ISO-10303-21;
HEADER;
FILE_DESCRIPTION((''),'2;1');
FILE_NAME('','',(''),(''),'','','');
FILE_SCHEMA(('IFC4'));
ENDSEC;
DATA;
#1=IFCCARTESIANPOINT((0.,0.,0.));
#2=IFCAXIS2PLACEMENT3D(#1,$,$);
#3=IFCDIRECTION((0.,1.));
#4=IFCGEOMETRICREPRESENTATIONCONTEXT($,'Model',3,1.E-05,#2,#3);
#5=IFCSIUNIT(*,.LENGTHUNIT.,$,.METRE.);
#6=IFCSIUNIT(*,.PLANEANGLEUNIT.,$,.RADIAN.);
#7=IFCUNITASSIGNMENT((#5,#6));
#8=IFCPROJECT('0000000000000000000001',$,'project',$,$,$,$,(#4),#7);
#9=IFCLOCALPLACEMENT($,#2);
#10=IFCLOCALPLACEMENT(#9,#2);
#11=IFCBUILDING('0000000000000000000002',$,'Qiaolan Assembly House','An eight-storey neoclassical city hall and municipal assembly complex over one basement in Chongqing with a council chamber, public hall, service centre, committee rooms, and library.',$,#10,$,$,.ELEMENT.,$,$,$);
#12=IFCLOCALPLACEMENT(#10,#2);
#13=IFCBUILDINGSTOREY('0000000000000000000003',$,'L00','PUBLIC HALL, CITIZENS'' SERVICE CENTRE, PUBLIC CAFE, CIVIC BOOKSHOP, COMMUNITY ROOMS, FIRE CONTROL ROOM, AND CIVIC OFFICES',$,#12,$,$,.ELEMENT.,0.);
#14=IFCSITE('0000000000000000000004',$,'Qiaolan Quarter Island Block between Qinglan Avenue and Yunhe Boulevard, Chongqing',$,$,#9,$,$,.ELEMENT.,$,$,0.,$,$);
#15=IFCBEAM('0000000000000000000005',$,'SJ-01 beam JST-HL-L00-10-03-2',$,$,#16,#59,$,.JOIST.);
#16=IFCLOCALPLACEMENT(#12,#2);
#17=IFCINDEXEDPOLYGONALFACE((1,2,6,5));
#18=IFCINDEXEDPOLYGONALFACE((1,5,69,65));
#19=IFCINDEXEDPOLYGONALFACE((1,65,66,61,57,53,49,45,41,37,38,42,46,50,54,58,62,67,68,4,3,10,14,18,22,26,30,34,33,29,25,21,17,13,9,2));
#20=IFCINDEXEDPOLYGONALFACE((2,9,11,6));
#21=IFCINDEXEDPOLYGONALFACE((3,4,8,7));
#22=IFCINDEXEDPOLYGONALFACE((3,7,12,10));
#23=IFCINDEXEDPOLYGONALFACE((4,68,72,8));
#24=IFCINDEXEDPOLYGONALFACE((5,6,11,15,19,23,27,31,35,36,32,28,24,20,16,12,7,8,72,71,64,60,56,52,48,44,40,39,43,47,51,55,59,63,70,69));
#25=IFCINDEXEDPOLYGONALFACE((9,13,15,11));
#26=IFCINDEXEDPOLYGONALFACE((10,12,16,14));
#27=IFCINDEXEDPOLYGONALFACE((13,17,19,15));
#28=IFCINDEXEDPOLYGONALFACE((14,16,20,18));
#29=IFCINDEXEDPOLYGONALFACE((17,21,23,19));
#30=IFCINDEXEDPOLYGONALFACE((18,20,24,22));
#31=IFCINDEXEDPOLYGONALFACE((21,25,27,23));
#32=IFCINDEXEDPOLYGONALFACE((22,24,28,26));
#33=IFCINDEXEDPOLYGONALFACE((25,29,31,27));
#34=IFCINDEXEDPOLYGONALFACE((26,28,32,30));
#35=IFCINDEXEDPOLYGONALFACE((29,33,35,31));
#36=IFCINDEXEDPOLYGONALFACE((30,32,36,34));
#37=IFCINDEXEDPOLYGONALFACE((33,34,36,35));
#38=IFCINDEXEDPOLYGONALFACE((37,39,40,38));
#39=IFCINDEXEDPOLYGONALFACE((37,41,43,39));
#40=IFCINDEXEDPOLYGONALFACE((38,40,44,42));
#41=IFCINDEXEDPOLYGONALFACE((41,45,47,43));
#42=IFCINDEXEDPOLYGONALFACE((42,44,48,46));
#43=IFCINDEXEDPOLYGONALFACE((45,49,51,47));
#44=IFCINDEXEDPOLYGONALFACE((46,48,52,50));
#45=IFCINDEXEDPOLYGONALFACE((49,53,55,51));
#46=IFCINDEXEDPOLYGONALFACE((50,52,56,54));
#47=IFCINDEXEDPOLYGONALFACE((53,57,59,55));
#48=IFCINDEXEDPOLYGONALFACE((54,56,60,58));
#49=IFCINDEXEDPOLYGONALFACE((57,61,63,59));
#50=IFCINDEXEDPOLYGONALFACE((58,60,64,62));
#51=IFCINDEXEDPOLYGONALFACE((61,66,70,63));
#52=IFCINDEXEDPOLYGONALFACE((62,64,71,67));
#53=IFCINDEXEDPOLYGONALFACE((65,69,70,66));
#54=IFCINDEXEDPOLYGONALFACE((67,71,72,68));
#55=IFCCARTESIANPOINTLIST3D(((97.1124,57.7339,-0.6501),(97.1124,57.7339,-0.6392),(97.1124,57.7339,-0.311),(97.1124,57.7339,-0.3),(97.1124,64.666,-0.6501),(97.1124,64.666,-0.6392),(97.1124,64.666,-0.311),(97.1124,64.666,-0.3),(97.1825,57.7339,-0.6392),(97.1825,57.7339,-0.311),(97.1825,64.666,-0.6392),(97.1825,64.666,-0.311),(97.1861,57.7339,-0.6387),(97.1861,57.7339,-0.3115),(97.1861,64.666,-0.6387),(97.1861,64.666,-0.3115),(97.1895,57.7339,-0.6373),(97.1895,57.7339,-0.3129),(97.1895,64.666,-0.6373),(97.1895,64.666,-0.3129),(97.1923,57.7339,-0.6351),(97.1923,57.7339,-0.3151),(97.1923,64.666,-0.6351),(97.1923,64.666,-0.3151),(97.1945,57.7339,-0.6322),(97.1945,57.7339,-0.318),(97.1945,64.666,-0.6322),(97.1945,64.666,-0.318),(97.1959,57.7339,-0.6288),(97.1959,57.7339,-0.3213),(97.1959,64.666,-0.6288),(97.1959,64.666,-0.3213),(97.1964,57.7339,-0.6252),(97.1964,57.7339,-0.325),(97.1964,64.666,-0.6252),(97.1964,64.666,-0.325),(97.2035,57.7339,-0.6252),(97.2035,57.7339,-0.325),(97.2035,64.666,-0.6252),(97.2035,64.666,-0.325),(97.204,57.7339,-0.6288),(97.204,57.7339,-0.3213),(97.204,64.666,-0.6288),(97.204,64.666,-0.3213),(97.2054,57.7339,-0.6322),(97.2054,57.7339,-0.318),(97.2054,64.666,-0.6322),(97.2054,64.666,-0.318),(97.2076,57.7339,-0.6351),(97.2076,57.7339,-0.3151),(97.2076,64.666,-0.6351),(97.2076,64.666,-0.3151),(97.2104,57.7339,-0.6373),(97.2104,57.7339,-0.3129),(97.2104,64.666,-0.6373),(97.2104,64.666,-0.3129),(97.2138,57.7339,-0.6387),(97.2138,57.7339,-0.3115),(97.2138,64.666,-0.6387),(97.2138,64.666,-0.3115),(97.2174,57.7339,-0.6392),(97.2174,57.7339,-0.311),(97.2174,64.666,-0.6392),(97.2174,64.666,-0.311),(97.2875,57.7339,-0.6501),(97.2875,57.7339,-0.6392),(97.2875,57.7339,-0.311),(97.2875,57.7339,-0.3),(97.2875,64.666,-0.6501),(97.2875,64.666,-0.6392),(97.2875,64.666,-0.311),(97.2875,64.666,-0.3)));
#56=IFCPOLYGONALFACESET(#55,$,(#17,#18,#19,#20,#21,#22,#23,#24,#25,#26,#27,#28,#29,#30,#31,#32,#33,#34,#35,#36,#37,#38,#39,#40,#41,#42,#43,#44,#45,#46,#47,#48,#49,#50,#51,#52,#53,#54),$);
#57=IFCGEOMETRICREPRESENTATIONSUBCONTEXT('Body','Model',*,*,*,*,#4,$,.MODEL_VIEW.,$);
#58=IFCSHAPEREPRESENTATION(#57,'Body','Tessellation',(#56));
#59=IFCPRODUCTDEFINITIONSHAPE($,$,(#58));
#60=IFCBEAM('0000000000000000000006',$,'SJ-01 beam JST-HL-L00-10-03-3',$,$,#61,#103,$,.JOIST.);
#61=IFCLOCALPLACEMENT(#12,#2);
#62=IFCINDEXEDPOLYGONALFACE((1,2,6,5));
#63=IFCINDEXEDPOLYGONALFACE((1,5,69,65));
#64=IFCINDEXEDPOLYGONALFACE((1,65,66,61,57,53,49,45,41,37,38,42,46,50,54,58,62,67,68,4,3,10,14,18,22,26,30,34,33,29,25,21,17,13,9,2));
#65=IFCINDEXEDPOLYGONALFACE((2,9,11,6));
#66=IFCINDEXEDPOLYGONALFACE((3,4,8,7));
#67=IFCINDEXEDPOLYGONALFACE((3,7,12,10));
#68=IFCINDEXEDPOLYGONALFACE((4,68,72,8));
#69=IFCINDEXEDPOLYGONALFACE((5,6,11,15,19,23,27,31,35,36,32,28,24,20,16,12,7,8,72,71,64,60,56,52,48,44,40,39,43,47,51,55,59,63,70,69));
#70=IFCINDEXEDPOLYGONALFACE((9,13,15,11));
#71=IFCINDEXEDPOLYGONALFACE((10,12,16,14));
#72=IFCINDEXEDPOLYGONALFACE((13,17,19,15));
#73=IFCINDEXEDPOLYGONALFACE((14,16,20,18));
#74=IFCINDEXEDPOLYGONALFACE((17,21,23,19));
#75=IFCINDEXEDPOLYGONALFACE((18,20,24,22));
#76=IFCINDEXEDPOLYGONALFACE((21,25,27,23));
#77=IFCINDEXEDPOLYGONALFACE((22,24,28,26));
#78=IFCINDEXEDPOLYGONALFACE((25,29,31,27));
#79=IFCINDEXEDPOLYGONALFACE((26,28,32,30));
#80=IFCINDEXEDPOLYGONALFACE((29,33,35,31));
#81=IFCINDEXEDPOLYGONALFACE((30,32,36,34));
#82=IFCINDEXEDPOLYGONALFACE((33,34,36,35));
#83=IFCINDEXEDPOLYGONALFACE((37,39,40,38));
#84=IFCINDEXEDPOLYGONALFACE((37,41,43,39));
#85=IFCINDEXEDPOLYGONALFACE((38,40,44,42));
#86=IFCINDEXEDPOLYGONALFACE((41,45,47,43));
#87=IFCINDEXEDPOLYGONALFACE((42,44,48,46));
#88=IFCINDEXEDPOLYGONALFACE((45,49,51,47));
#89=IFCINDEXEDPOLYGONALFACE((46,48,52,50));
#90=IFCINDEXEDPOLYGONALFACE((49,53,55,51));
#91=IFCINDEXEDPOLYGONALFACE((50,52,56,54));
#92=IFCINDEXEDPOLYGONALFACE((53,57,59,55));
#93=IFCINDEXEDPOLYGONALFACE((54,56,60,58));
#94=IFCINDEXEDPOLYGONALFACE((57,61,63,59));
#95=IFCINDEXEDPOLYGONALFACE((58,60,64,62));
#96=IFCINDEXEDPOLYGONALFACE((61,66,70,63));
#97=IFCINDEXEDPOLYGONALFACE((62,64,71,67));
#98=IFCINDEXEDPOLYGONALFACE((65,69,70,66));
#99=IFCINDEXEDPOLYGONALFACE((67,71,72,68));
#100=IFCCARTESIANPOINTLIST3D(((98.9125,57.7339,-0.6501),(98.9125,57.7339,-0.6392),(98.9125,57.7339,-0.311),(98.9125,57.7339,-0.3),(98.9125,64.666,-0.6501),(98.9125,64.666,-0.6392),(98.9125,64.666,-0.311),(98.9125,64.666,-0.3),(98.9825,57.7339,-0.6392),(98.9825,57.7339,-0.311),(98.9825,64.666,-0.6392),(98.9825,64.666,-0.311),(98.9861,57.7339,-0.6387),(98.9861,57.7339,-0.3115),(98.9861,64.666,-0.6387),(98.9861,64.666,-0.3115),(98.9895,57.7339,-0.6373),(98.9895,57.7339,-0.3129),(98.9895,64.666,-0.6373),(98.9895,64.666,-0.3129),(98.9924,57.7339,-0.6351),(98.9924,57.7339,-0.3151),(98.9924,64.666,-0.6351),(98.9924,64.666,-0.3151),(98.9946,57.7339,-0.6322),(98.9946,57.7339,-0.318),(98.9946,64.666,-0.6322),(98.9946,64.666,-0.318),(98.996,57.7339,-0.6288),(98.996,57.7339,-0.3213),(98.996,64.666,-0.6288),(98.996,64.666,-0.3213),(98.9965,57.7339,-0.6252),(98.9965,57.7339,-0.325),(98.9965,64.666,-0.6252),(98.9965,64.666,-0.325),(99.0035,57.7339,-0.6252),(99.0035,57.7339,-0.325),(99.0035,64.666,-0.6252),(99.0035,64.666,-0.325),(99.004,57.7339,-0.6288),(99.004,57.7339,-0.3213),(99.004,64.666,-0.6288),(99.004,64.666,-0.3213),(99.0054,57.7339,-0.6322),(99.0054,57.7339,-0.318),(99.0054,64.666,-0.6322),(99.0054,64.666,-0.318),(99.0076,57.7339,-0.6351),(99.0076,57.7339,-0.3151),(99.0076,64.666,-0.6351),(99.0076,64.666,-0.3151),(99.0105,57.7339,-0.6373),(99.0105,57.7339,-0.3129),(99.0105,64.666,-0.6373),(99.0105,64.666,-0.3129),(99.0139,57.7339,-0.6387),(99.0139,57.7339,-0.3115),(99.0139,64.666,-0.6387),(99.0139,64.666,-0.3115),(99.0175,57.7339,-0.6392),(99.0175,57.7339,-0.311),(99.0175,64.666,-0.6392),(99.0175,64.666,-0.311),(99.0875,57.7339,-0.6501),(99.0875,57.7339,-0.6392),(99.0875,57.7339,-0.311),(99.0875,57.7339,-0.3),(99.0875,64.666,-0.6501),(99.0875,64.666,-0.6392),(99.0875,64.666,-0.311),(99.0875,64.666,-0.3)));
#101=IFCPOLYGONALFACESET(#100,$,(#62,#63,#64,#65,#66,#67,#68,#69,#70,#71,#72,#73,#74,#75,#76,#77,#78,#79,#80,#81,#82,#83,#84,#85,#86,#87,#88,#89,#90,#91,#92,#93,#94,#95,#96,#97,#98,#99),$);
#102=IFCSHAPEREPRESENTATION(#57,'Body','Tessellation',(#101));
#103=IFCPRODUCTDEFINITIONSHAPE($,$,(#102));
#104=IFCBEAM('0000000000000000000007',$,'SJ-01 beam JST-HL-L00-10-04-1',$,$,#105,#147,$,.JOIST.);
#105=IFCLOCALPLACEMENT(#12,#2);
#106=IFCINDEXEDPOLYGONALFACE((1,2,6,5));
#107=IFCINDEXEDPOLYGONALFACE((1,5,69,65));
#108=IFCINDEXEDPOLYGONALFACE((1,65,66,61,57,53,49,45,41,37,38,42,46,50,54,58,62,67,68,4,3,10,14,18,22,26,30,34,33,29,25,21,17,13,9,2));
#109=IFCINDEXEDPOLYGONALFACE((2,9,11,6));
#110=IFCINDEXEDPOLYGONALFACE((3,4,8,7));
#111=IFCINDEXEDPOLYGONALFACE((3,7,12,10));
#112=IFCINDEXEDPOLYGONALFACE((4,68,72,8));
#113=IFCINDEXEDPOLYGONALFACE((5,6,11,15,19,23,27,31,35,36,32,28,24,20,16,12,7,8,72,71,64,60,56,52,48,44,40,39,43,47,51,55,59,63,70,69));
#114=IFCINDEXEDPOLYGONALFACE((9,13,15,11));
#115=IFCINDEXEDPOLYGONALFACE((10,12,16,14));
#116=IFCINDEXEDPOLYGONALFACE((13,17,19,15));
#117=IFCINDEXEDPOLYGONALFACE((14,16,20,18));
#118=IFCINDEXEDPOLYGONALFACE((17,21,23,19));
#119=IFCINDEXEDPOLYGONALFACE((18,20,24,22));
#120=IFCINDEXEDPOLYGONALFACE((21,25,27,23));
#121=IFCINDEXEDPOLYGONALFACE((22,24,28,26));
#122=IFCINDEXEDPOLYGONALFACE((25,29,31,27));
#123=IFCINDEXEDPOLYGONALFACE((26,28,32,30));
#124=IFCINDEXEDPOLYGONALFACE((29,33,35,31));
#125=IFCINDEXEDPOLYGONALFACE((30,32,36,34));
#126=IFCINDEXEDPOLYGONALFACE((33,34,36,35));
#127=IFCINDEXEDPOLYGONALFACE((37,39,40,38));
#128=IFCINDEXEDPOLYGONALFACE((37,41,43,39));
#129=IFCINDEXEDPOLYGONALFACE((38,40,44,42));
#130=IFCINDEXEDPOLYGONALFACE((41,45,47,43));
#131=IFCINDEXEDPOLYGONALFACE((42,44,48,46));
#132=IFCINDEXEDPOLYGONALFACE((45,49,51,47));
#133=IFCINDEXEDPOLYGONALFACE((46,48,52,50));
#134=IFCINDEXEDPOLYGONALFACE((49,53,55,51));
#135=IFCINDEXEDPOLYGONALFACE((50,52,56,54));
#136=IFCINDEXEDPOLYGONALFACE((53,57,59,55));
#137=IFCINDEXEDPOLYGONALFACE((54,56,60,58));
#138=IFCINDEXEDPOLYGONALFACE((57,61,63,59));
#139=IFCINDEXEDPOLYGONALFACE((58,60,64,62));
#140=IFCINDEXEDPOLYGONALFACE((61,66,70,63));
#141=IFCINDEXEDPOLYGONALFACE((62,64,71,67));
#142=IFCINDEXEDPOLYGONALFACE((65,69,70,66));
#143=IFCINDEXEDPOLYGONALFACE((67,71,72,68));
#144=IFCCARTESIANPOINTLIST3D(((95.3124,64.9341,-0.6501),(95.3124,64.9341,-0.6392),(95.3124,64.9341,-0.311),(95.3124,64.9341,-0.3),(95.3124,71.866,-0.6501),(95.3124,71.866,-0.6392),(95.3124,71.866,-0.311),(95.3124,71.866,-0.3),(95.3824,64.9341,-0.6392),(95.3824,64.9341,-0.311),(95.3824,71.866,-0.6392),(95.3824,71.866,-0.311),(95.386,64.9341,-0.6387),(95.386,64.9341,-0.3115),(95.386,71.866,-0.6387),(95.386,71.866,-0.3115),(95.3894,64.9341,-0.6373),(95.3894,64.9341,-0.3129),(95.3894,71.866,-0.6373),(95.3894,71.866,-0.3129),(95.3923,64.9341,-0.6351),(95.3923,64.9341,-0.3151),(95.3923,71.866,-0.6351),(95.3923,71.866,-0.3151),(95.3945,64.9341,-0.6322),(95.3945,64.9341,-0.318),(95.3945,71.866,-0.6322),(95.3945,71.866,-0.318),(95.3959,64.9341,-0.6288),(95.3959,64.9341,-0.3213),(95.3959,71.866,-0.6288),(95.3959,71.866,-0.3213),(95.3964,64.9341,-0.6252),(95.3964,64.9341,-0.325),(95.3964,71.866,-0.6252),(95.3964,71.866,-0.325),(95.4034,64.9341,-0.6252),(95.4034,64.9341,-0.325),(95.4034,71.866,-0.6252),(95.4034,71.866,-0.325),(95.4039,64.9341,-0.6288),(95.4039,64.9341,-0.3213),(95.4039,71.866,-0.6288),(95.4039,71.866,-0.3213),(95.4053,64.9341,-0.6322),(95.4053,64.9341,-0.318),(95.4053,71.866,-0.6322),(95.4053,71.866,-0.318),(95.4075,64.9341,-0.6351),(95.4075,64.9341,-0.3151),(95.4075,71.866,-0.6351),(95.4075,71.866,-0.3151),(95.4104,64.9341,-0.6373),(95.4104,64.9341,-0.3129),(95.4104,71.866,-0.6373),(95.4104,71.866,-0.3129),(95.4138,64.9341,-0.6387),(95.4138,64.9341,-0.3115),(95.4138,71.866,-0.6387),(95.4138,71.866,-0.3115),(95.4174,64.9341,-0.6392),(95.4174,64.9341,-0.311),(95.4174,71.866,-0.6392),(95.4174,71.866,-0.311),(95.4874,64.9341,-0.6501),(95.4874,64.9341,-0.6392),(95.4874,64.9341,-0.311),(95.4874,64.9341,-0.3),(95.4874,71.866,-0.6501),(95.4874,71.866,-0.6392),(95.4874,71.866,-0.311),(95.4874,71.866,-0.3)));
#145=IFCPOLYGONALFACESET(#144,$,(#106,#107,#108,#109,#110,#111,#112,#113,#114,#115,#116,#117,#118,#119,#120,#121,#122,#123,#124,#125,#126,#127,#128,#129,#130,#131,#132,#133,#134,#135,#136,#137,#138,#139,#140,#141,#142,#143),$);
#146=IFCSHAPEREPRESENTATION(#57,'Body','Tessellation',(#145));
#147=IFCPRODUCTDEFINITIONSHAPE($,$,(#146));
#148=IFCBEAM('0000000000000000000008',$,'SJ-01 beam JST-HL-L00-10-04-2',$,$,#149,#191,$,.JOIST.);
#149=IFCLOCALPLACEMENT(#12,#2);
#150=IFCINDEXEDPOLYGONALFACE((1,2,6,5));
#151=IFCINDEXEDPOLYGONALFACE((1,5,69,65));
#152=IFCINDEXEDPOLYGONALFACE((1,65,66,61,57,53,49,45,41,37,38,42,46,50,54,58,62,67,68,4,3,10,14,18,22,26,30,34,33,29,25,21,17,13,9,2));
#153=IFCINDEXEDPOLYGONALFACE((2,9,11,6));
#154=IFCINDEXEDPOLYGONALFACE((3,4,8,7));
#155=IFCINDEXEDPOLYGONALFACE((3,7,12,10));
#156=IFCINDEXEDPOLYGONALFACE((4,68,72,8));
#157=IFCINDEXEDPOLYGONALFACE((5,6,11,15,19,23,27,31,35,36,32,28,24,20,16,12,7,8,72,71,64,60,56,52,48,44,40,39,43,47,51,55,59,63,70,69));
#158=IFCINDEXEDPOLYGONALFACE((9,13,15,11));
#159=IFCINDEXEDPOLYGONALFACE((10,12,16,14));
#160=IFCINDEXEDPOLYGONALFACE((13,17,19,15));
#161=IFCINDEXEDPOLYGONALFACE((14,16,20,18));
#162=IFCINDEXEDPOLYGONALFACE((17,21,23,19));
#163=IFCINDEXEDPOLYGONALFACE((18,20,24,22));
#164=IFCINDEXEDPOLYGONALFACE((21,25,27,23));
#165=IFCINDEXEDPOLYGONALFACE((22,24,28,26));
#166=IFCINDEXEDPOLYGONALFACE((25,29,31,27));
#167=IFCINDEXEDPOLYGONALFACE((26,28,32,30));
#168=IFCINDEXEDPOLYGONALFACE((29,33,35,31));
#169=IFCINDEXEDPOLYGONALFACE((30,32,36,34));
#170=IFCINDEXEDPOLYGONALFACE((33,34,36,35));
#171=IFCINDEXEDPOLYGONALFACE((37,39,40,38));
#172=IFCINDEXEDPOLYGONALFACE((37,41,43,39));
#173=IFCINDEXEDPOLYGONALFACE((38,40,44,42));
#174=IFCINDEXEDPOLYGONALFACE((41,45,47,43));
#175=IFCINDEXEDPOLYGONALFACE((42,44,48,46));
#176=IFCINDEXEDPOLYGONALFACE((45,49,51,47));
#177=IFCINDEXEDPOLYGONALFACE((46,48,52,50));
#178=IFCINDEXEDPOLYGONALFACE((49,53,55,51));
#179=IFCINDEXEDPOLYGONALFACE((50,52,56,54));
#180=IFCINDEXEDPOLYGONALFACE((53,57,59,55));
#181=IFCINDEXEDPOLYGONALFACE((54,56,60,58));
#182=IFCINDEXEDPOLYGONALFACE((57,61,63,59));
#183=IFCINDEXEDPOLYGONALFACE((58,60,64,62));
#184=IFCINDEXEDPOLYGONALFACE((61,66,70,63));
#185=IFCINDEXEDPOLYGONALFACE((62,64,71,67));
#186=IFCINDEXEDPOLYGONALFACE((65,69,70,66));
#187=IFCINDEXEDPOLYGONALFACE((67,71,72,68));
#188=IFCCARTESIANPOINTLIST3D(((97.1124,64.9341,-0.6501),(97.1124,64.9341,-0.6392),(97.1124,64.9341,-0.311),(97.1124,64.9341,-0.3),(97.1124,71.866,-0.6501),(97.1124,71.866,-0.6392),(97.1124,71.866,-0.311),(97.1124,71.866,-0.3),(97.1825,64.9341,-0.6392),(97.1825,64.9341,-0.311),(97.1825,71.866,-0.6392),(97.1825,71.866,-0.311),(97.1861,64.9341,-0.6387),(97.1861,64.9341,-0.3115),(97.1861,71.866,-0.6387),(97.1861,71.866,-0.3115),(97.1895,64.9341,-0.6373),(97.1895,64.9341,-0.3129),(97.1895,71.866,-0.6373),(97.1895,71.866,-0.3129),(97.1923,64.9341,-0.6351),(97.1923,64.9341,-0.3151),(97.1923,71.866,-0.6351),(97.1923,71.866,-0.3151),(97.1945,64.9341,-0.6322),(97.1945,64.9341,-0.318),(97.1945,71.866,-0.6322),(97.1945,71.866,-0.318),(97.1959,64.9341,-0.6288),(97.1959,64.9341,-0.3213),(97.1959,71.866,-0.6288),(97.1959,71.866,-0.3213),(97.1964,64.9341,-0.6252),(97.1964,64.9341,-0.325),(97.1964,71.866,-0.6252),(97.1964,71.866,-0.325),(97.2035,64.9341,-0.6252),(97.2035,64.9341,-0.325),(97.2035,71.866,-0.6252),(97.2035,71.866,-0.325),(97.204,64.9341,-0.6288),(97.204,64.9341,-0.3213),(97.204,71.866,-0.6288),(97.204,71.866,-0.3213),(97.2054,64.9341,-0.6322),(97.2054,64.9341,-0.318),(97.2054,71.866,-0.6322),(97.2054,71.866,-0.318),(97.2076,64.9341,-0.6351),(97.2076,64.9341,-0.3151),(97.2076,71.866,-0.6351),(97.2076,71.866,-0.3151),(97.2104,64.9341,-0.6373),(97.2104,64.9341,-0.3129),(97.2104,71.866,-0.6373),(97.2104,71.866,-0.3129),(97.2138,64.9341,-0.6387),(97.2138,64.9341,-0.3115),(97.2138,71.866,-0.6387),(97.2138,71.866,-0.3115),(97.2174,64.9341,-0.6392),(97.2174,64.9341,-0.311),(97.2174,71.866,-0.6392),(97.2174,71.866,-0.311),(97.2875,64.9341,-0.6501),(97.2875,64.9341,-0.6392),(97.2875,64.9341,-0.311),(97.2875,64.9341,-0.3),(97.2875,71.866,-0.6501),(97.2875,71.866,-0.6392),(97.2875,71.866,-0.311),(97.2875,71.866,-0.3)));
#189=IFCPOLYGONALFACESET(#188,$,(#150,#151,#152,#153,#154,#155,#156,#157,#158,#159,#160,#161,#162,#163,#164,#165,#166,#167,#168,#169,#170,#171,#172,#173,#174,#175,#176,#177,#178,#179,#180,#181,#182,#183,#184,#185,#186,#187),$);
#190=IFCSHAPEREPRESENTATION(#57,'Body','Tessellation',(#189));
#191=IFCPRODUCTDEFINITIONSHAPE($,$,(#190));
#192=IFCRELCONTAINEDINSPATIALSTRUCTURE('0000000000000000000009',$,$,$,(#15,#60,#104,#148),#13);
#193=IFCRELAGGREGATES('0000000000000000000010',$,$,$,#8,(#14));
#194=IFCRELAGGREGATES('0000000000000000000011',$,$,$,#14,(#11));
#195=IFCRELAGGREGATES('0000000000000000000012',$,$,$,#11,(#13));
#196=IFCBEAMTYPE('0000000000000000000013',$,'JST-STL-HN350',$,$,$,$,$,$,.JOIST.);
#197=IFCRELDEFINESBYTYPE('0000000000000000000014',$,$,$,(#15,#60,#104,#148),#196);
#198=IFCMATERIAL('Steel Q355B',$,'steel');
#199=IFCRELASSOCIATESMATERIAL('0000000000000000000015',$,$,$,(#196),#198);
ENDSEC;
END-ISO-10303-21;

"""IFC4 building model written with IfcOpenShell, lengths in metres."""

from ifc_helpers import new_model, si_unit, direction, frame, origin, origin_2d, place, context, subcontext, project, spatial, i_section, extrude, material, material_profile, profile_set, type_object, element, save


model = new_model("IFC4")

# Units and contexts
model_context = context("Model", 3, precision=1e-05, world=origin(), true_north=direction((0.0, 1.0)))
body_context = subcontext(model_context, "Body", "Model", "MODEL_VIEW")
ifc_project = project(units=[si_unit("LENGTHUNIT", "METRE"), si_unit("PLANEANGLEUNIT", "RADIAN")], contexts=[model_context])

# Site, building, storey
site_placement = place(None, origin())
site = spatial("IfcSite", under=ifc_project, at=site_placement, Name="Qiaolan Quarter Island Block between Qinglan Avenue and Yunhe Boulevard, Chongqing", CompositionType="ELEMENT", RefElevation=0.0)
building_placement = place(site_placement, origin())
building = spatial("IfcBuilding", under=site, at=building_placement, Name="Qiaolan Assembly House", Description="An eight-storey neoclassical city hall and municipal assembly complex over one basement in Chongqing with a council chamber, public hall, service centre, committee rooms, and library.", CompositionType="ELEMENT")
storey_placement = place(building_placement, origin())
storey = spatial("IfcBuildingStorey", under=building, at=storey_placement, Name="L00", Description="PUBLIC HALL, CITIZENS' SERVICE CENTRE, PUBLIC CAFE, CIVIC BOOKSHOP, COMMUNITY ROOMS, FIRE CONTROL ROOM, AND CIVIC OFFICES", CompositionType="ELEMENT", Elevation=0.0)

# Shared definitions
ifc_material = material(Name="Steel Q355B", Category="steel")

# Beams
ifc_material_profile_1 = material_profile(ifc_material, i_section(OverallWidth=0.175, OverallDepth=0.3501, WebThickness=0.0071, FlangeThickness=0.011, FilletRadius=0.0139, at=origin_2d()), Name="HN 350x175x7x11")
ifc_profile_set_1 = profile_set([ifc_material_profile_1], Name="Steel Q355B")
beam_type_1 = type_object("IfcBeamType", Name="JST-STL-HN350", PredefinedType="JOIST", material=ifc_profile_set_1)
for number, where, z_axis, x_axis, name in (
    (1, (97.2, 57.7339, -0.4751), (0.0, 1.0, 0.0), (-1.0, 0.0, 0.0), "SJ-01 beam JST-HL-L00-10-03-2"),
    (2, (99.0, 57.7339, -0.4751), (0.0, 1.0, 0.0), (-1.0, 0.0, 0.0), "SJ-01 beam JST-HL-L00-10-03-3"),
):
    element("IfcBeam", number, at=place(storey_placement, frame(where, z_axis=z_axis, x_axis=x_axis)), inside=storey, type_object=beam_type_1, Name=name, PredefinedType="JOIST", context=body_context, shape_type="SweptSolid", body=[
        extrude(i_section(OverallWidth=0.175, OverallDepth=0.3501, WebThickness=0.0071, FlangeThickness=0.011, FilletRadius=0.0139, at=origin_2d()), origin(), (0.0, 0.0, 1.0), 6.9321),
    ])
for number, where, z_axis, x_axis, name in (
    (3, (95.3999, 64.9341, -0.4751), (0.0, 1.0, 0.0), (-1.0, 0.0, 0.0), "SJ-01 beam JST-HL-L00-10-04-1"),
    (4, (97.2, 64.9341, -0.4751), (0.0, 1.0, 0.0), (-1.0, 0.0, 0.0), "SJ-01 beam JST-HL-L00-10-04-2"),
):
    element("IfcBeam", number, at=place(storey_placement, frame(where, z_axis=z_axis, x_axis=x_axis)), inside=storey, type_object=beam_type_1, Name=name, PredefinedType="JOIST", context=body_context, shape_type="SweptSolid", body=[
        extrude(i_section(OverallWidth=0.175, OverallDepth=0.3501, WebThickness=0.0071, FlangeThickness=0.011, FilletRadius=0.0139, at=origin_2d()), origin(), (0.0, 0.0, 1.0), 6.9319),
    ])

save(model, "model.ifc")
